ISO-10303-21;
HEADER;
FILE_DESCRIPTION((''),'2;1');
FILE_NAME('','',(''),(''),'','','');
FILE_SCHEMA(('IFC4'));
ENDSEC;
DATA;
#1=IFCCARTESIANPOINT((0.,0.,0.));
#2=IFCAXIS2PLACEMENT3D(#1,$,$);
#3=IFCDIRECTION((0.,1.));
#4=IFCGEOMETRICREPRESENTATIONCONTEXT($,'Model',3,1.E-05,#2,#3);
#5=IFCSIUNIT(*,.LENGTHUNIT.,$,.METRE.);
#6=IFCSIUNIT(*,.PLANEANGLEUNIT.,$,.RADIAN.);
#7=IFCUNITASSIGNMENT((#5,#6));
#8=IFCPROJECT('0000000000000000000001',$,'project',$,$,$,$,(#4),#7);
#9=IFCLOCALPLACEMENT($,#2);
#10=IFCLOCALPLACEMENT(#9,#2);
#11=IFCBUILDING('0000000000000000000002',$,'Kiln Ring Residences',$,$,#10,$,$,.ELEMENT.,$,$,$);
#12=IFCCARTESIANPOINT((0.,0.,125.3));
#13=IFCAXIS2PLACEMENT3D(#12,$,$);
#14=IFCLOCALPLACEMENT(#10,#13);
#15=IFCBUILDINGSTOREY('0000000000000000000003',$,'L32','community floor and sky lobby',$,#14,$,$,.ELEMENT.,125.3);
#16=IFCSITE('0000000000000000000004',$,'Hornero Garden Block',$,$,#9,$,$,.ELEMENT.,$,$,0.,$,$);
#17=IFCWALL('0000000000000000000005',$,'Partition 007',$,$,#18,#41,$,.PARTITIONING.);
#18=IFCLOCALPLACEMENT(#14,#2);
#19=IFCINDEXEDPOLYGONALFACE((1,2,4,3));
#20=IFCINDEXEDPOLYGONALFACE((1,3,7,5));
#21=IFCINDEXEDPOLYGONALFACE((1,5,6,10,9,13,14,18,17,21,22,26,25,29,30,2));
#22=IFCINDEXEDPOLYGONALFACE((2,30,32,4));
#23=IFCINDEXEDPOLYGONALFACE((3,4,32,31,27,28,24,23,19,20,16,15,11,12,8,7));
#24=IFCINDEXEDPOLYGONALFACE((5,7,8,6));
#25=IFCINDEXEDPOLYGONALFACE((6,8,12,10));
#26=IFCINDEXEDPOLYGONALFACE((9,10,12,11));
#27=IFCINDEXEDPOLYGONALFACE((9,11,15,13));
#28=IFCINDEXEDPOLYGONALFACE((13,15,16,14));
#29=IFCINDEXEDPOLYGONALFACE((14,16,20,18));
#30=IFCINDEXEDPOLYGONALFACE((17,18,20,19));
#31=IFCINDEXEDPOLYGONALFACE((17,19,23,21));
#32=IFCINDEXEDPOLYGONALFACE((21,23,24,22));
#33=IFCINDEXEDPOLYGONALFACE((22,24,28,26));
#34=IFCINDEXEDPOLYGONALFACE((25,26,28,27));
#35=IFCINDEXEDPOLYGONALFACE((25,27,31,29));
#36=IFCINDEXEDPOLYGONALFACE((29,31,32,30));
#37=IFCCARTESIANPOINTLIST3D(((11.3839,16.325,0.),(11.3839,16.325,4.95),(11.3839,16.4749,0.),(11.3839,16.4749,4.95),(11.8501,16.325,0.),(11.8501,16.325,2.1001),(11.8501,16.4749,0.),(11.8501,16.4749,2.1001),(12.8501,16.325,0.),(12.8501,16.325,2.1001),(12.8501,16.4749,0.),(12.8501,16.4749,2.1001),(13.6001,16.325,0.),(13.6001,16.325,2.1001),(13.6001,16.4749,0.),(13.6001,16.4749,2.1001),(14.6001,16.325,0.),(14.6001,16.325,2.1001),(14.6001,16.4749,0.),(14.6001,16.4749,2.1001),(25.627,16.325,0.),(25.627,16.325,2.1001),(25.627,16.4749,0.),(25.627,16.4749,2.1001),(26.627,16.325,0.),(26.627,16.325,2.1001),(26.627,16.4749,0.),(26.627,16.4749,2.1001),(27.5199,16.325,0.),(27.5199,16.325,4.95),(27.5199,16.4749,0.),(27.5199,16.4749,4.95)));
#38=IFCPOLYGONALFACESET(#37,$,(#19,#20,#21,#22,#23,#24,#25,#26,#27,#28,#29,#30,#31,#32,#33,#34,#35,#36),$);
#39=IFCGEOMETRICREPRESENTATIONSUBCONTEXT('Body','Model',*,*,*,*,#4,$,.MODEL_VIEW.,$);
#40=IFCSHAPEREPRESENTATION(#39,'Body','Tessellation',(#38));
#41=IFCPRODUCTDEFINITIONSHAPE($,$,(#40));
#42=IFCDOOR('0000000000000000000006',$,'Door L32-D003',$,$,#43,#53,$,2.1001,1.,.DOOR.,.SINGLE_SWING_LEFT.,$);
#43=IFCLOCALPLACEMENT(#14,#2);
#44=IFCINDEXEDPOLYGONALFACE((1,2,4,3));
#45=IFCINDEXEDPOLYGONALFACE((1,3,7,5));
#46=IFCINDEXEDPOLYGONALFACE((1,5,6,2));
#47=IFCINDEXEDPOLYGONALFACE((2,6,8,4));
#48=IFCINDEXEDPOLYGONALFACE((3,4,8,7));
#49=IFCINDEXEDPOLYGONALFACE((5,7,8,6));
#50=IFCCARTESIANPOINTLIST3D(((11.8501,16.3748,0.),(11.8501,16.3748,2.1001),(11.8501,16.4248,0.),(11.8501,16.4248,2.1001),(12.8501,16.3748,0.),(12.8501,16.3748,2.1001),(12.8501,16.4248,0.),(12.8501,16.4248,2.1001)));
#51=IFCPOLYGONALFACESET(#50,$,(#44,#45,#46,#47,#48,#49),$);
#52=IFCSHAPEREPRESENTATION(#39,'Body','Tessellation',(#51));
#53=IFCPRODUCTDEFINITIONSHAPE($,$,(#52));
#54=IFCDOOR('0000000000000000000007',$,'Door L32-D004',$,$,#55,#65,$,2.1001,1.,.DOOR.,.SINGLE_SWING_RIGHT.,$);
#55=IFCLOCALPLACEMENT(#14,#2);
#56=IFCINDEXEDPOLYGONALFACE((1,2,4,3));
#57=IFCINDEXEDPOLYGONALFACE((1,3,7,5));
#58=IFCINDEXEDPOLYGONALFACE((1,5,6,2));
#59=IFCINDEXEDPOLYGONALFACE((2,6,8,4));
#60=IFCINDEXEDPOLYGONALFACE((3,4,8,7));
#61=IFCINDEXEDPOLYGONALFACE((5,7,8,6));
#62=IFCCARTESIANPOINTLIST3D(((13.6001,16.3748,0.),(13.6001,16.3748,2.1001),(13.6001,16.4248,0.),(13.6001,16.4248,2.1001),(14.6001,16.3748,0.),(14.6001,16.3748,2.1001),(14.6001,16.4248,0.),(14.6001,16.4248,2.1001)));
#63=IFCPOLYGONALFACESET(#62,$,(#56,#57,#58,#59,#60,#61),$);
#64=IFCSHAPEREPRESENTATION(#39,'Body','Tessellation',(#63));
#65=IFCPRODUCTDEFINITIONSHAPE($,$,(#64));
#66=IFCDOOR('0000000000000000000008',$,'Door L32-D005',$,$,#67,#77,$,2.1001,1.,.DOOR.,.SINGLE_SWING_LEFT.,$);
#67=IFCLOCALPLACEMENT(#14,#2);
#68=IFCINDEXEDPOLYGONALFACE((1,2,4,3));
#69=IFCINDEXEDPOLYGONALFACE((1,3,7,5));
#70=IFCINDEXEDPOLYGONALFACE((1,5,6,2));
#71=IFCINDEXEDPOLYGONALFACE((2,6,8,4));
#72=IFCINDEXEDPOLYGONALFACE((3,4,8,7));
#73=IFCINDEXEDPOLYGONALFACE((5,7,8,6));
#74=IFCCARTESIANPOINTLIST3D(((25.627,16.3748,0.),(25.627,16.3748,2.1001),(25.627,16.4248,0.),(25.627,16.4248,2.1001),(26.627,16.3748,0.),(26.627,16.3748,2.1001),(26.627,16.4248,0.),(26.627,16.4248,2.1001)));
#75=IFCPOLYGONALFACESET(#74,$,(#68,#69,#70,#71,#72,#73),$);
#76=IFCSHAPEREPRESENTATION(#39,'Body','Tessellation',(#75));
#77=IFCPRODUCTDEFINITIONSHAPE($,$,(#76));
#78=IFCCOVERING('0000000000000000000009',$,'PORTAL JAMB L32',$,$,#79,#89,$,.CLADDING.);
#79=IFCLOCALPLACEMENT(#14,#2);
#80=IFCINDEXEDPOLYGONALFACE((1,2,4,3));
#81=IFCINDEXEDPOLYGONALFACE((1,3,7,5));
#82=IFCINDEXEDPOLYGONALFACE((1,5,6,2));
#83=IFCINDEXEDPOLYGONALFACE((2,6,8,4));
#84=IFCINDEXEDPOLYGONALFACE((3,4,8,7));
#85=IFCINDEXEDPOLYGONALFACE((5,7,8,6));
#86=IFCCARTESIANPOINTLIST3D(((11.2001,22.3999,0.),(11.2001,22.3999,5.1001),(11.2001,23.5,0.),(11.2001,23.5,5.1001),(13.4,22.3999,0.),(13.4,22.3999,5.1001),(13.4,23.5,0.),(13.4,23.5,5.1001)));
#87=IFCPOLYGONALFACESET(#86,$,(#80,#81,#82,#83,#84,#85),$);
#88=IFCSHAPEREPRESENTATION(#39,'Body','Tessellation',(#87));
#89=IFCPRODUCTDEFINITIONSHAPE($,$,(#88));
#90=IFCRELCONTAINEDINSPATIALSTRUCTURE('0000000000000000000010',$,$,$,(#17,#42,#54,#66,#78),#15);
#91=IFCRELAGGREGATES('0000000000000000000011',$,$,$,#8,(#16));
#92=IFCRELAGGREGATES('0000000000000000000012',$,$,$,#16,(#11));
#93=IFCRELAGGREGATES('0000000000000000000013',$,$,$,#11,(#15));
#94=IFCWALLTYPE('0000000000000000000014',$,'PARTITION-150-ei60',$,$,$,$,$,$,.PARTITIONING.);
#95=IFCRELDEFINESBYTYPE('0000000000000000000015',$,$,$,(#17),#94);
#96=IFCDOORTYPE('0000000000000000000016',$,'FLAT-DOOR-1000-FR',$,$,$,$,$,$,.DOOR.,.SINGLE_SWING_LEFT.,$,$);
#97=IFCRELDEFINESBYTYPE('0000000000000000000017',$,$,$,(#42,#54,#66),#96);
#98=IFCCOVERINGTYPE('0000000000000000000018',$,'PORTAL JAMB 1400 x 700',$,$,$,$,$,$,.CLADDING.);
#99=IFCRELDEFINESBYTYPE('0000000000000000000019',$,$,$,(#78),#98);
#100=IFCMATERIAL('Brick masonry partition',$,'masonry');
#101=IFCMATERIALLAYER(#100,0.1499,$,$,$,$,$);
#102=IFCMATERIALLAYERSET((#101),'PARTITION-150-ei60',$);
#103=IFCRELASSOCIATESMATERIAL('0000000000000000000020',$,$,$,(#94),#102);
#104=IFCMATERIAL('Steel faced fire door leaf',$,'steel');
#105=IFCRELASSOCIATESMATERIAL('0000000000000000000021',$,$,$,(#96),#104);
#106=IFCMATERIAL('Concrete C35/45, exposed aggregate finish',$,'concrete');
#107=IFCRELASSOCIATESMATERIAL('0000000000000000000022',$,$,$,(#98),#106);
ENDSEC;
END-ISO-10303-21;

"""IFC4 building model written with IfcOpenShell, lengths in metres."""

from ifc_helpers import new_model, si_unit, direction, frame, frame_2d, origin, origin_2d, place, context, subcontext, project, spatial, rectangle, extrude, material, layer, layer_set, type_object, element, fill, save


model = new_model("IFC4")

# Units and contexts
model_context = context("Model", 3, precision=1e-05, world=origin(), true_north=direction((0.0, 1.0)))
body_context = subcontext(model_context, "Body", "Model", "MODEL_VIEW")
ifc_project = project(units=[si_unit("LENGTHUNIT", "METRE"), si_unit("PLANEANGLEUNIT", "RADIAN")], contexts=[model_context])

# Site, building, storey
site_placement = place(None, origin())
site = spatial("IfcSite", under=ifc_project, at=site_placement, Name="Hornero Garden Block", CompositionType="ELEMENT", RefElevation=0.0)
building_placement = place(site_placement, origin())
building = spatial("IfcBuilding", under=site, at=building_placement, Name="Kiln Ring Residences", CompositionType="ELEMENT")
storey_placement = place(building_placement, frame((0.0, 0.0, 125.3)))
storey = spatial("IfcBuildingStorey", under=building, at=storey_placement, Name="L32", Description="community floor and sky lobby", CompositionType="ELEMENT", Elevation=125.3)

# Wall, openings, doors
ifc_material_1 = material(Name="Brick masonry partition", Category="masonry")
ifc_layer_1 = layer(ifc_material_1, 0.1499)
ifc_layer_set_1 = layer_set([ifc_layer_1], Name="PARTITION-150-ei60")
wall_type_1 = type_object("IfcWallType", Name="PARTITION-150-ei60", PredefinedType="PARTITIONING", material=ifc_layer_set_1)
ifc_material_2 = material(Name="Steel faced fire door leaf", Category="steel")
door_type_1 = type_object("IfcDoorType", Name="FLAT-DOOR-1000-FR", OperationType="SINGLE_SWING_LEFT", PredefinedType="DOOR", material=ifc_material_2)
wall_1_placement = place(storey_placement, frame((11.384, 16.3999, 0.0), z_axis=(0.0, 0.0, 1.0), x_axis=(1.0, 0.0, 0.0)))
wall_1 = element("IfcWall", 1, at=wall_1_placement, inside=storey, type_object=wall_type_1, Name="Partition 007", PredefinedType="PARTITIONING", context=body_context, shape_type="SweptSolid", body=[
    extrude(rectangle(XDim=16.136, YDim=0.1499, at=frame_2d((8.0679, 0.0))), origin(), (0.0, 0.0, 1.0), 4.95),
])
opening_1_placement = place(wall_1_placement, frame((0.4661, 0.0, 0.0)))
opening_1 = element("IfcOpeningElement", 2, at=opening_1_placement, cuts=wall_1, PredefinedType="OPENING", context=body_context, shape_type="SweptSolid", body=[
    extrude(rectangle(XDim=1.0, YDim=2.1001, at=frame_2d((0.5, 1.05))), frame((0.0, 0.085, 0.0), z_axis=(0.0, -1.0, 0.0), x_axis=(1.0, 0.0, 0.0)), (0.0, 0.0, 1.0), 0.1699),
])
opening_2_placement = place(wall_1_placement, frame((2.2161, 0.0, 0.0)))
opening_2 = element("IfcOpeningElement", 3, at=opening_2_placement, cuts=wall_1, PredefinedType="OPENING", context=body_context, shape_type="SweptSolid", body=[
    extrude(rectangle(XDim=1.0, YDim=2.1001, at=frame_2d((0.5, 1.05))), frame((0.0, 0.085, 0.0), z_axis=(0.0, -1.0, 0.0), x_axis=(1.0, 0.0, 0.0)), (0.0, 0.0, 1.0), 0.1699),
])
opening_3_placement = place(wall_1_placement, frame((14.2429, 0.0, 0.0)))
opening_3 = element("IfcOpeningElement", 4, at=opening_3_placement, cuts=wall_1, PredefinedType="OPENING", context=body_context, shape_type="SweptSolid", body=[
    extrude(rectangle(XDim=1.0, YDim=2.1001, at=frame_2d((0.5, 1.05))), frame((0.0, 0.085, 0.0), z_axis=(0.0, -1.0, 0.0), x_axis=(1.0, 0.0, 0.0)), (0.0, 0.0, 1.0), 0.1699),
])
door_1_placement = place(opening_1_placement, origin())
door_1 = element("IfcDoor", 5, at=door_1_placement, inside=storey, type_object=door_type_1, Name="Door L32-D003", OperationType="SINGLE_SWING_LEFT", OverallHeight=2.1001, OverallWidth=1.0, PredefinedType="DOOR", context=body_context, shape_type="SweptSolid", body=[
    extrude(rectangle(XDim=1.0, YDim=2.1001, at=frame_2d((0.5, 1.05))), frame((0.0, 0.0249, 0.0), z_axis=(0.0, -1.0, 0.0), x_axis=(1.0, 0.0, 0.0)), (0.0, 0.0, 1.0), 0.05),
])
fill(opening_1, door_1)
door_2_placement = place(opening_2_placement, origin())
door_2 = element("IfcDoor", 6, at=door_2_placement, inside=storey, type_object=door_type_1, Name="Door L32-D004", OperationType="SINGLE_SWING_RIGHT", OverallHeight=2.1001, OverallWidth=1.0, PredefinedType="DOOR", context=body_context, shape_type="SweptSolid", body=[
    extrude(rectangle(XDim=1.0, YDim=2.1001, at=frame_2d((0.5, 1.05))), frame((0.0, 0.0249, 0.0), z_axis=(0.0, -1.0, 0.0), x_axis=(1.0, 0.0, 0.0)), (0.0, 0.0, 1.0), 0.05),
])
fill(opening_2, door_2)
door_3_placement = place(opening_3_placement, origin())
door_3 = element("IfcDoor", 7, at=door_3_placement, inside=storey, type_object=door_type_1, Name="Door L32-D005", OperationType="SINGLE_SWING_LEFT", OverallHeight=2.1001, OverallWidth=1.0, PredefinedType="DOOR", context=body_context, shape_type="SweptSolid", body=[
    extrude(rectangle(XDim=1.0, YDim=2.1001, at=frame_2d((0.5, 1.05))), frame((0.0, 0.0249, 0.0), z_axis=(0.0, -1.0, 0.0), x_axis=(1.0, 0.0, 0.0)), (0.0, 0.0, 1.0), 0.05),
])
fill(opening_3, door_3)

# Covering
ifc_material_3 = material(Name="Concrete C35/45, exposed aggregate finish", Category="concrete")
covering_type = type_object("IfcCoveringType", Name="PORTAL JAMB 1400 x 700", PredefinedType="CLADDING", material=ifc_material_3)
covering_placement = place(storey_placement, frame((12.3, 22.95, 0.0), z_axis=(0.0, 0.0, 1.0), x_axis=(1.0, 0.0, 0.0)))
element("IfcCovering", 8, at=covering_placement, inside=storey, type_object=covering_type, Name="PORTAL JAMB L32", PredefinedType="CLADDING", context=body_context, shape_type="SweptSolid", body=[
    extrude(rectangle(XDim=2.2, YDim=1.1001, at=origin_2d()), origin(), (0.0, 0.0, 1.0), 5.1001),
])

save(model, "model.ifc")
